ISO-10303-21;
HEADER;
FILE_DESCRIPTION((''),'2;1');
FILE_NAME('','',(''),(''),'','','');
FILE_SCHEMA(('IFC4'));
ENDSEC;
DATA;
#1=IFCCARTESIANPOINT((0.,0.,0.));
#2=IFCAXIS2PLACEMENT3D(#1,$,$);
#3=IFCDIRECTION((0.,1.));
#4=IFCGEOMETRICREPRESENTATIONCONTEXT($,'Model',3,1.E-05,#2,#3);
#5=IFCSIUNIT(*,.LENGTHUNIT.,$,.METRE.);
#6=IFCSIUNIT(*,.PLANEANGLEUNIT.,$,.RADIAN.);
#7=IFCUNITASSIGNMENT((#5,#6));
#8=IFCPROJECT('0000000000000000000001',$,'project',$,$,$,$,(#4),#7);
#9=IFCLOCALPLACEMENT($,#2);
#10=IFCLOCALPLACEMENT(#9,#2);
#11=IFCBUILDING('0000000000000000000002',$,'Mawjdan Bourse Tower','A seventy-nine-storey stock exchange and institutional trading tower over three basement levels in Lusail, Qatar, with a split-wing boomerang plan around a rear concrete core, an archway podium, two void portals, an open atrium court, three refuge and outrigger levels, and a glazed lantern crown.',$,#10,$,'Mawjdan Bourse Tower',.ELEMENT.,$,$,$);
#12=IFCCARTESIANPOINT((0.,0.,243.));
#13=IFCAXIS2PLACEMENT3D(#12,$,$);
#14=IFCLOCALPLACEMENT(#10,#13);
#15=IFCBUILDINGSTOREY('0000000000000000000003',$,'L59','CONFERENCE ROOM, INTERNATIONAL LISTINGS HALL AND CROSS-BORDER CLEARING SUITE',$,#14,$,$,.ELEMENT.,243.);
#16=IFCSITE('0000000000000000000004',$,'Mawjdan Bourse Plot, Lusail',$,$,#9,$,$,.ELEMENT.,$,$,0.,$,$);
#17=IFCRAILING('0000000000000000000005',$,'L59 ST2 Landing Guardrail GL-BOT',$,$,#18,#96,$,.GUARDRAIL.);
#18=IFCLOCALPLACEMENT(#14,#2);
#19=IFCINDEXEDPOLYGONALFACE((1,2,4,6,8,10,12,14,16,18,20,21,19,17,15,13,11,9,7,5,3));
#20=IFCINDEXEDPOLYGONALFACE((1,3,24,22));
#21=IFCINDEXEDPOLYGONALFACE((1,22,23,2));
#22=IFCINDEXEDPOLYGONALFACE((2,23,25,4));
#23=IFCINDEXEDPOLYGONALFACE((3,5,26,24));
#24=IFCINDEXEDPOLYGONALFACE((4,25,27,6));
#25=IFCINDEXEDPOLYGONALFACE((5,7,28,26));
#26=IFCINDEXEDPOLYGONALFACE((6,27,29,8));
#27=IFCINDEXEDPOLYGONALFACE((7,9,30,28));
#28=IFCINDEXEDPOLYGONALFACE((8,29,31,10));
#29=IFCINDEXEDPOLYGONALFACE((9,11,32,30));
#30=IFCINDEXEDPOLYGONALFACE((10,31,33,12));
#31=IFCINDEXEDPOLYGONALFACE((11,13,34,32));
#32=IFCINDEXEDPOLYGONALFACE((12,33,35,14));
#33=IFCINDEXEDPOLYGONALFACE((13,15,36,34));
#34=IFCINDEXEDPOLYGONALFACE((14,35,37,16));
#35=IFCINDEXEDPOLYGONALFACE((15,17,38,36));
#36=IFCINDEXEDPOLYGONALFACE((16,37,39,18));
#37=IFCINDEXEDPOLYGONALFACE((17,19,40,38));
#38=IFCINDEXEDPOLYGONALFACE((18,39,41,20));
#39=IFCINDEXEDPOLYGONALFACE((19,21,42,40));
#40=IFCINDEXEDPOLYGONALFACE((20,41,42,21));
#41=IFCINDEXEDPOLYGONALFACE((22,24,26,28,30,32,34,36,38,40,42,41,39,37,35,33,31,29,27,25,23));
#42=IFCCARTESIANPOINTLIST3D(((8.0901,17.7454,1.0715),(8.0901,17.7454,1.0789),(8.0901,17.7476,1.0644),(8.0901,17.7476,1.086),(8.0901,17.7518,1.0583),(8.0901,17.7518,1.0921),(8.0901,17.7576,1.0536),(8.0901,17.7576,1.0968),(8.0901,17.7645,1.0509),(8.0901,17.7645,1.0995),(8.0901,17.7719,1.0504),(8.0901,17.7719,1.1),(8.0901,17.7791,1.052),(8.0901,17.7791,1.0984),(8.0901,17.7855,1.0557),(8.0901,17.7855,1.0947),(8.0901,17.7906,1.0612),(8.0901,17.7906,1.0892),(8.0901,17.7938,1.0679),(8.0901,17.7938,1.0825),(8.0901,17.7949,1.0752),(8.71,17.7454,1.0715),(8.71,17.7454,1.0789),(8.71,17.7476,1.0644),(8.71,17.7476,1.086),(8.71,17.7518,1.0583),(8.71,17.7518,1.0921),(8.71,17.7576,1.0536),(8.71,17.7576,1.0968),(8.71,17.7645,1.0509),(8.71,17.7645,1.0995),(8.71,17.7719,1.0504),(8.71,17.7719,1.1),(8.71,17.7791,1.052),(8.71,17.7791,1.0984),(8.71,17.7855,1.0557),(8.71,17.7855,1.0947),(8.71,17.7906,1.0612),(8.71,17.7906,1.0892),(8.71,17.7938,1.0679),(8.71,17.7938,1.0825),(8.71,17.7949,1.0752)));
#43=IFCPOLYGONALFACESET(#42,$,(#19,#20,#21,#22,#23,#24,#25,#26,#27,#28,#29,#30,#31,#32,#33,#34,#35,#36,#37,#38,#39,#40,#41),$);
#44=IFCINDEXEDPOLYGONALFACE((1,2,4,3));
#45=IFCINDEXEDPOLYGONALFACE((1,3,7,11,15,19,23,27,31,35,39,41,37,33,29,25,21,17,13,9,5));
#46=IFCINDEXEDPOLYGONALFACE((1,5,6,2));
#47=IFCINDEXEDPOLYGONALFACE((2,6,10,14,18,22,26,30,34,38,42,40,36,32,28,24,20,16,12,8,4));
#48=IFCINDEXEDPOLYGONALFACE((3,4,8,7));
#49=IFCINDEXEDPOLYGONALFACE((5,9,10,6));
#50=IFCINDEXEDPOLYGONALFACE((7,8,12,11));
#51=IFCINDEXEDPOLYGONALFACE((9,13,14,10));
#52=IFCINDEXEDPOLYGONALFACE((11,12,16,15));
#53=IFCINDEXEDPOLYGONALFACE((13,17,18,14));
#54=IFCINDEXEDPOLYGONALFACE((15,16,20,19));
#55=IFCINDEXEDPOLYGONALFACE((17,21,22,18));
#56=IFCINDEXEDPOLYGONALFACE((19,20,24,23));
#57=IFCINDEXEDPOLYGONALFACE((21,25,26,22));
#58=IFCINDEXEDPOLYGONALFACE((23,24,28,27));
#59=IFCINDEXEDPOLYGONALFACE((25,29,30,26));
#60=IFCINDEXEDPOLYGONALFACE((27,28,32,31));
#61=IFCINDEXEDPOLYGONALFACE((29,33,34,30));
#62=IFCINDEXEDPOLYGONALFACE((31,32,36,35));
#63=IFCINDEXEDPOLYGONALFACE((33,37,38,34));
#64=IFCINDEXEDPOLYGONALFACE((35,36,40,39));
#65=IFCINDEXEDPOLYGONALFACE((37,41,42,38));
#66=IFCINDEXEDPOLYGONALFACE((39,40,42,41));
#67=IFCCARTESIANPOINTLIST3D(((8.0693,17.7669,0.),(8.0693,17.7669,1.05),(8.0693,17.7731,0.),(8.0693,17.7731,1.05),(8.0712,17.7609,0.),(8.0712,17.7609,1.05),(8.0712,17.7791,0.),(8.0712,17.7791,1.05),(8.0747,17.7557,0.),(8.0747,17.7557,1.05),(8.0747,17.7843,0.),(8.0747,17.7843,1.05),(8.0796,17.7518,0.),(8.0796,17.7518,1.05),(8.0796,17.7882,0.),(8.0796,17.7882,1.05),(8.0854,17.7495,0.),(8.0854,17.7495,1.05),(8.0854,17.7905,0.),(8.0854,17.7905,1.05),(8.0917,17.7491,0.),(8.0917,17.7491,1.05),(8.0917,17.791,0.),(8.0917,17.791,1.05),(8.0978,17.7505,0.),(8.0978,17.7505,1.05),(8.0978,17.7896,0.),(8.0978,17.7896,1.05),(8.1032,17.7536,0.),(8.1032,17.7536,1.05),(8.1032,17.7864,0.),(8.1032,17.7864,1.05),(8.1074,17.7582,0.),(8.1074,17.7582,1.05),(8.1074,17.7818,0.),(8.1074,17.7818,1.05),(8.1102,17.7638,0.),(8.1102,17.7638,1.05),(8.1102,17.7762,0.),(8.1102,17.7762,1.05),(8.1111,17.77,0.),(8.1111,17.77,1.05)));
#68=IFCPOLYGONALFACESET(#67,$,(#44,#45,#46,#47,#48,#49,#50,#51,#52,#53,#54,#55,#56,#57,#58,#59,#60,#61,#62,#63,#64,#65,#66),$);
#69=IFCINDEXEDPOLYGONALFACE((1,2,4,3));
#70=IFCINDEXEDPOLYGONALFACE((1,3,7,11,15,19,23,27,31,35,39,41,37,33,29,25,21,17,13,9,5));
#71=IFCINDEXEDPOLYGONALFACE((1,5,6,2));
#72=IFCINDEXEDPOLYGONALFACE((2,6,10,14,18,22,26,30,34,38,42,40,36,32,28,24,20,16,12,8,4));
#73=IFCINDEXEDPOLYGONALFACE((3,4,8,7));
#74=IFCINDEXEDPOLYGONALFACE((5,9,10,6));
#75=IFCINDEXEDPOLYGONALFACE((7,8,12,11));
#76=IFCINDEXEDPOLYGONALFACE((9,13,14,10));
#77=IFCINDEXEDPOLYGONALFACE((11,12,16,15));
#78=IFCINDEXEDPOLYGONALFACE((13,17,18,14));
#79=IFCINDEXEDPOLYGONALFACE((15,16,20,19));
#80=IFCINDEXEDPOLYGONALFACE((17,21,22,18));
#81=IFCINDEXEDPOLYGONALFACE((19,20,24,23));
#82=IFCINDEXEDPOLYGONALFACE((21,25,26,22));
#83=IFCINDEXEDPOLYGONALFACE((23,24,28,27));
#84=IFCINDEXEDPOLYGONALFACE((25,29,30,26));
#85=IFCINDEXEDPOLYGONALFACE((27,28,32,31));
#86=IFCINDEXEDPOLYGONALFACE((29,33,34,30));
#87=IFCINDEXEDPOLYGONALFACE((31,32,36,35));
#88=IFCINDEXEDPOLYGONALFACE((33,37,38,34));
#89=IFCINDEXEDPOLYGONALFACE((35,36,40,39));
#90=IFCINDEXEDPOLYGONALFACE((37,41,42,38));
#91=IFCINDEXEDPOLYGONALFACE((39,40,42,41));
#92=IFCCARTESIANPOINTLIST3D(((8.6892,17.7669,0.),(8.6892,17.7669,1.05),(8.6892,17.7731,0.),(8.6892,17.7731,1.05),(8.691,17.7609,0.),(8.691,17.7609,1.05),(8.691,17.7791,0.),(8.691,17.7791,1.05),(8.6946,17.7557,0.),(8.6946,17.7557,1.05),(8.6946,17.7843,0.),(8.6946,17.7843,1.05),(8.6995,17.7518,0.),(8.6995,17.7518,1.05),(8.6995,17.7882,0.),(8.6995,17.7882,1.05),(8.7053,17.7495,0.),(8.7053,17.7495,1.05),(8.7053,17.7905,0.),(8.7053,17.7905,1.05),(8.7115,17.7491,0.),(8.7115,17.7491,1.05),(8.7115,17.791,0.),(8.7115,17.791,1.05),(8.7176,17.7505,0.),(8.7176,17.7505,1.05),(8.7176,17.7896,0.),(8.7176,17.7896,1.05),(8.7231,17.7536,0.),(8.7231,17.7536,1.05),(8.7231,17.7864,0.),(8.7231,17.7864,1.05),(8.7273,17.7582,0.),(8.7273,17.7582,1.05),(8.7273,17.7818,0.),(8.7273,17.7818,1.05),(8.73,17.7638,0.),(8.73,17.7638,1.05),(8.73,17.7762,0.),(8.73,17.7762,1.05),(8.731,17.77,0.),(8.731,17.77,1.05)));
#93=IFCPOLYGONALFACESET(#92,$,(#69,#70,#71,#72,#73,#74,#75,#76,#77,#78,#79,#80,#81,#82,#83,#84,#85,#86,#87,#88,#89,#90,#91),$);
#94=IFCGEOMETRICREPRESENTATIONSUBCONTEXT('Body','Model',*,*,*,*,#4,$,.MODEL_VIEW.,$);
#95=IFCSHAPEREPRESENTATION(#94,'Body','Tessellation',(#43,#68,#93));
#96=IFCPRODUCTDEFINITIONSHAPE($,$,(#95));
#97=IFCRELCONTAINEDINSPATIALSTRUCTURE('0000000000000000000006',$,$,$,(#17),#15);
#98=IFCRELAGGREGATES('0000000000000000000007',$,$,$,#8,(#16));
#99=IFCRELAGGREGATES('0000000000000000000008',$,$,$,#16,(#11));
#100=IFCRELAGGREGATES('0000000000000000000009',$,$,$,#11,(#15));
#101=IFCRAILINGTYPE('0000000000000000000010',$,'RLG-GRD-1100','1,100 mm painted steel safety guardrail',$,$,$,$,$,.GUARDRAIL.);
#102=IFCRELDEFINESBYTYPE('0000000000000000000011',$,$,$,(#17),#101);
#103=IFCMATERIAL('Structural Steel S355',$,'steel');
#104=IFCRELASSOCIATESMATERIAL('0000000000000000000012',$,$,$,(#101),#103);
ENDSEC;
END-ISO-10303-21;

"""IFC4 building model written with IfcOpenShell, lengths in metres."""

from ifc_helpers import new_model, si_unit, direction, frame, origin, origin_2d, place, context, subcontext, project, spatial, circle, extrude, material, type_object, element, save


model = new_model("IFC4")

# Units and contexts
model_context = context("Model", 3, precision=1e-05, world=origin(), true_north=direction((0.0, 1.0)))
body_context = subcontext(model_context, "Body", "Model", "MODEL_VIEW")
ifc_project = project(units=[si_unit("LENGTHUNIT", "METRE"), si_unit("PLANEANGLEUNIT", "RADIAN")], contexts=[model_context])

# Site, building, storey
site_placement = place(None, origin())
site = spatial("IfcSite", under=ifc_project, at=site_placement, Name="Mawjdan Bourse Plot, Lusail", CompositionType="ELEMENT", RefElevation=0.0)
building_placement = place(site_placement, origin())
building = spatial("IfcBuilding", under=site, at=building_placement, Name="Mawjdan Bourse Tower", Description="A seventy-nine-storey stock exchange and institutional trading tower over three basement levels in Lusail, Qatar, with a split-wing boomerang plan around a rear concrete core, an archway podium, two void portals, an open atrium court, three refuge and outrigger levels, and a glazed lantern crown.", LongName="Mawjdan Bourse Tower", CompositionType="ELEMENT")
storey_placement = place(building_placement, frame((0.0, 0.0, 243.0)))
storey = spatial("IfcBuildingStorey", under=building, at=storey_placement, Name="L59", Description="CONFERENCE ROOM, INTERNATIONAL LISTINGS HALL AND CROSS-BORDER CLEARING SUITE", CompositionType="ELEMENT", Elevation=243.0)

# Shared definitions
ifc_material_1 = material(Name="Structural Steel S355", Category="steel")

# Railing
railing_type_1 = type_object("IfcRailingType", Name="RLG-GRD-1100", Description="1,100 mm painted steel safety guardrail", PredefinedType="GUARDRAIL", material=ifc_material_1)
for number, where, name in (
    (1, (8.0901, 17.77, 0.0), "L59 ST2 Landing Guardrail GL-BOT"),
):
    element("IfcRailing", number, at=place(storey_placement, frame(where)), inside=storey, type_object=railing_type_1, Name=name, PredefinedType="GUARDRAIL", context=body_context, shape_type="SweptSolid", body=[
        extrude(circle(Radius=0.0249, at=origin_2d()), frame((0.0, 0.0, 1.0752), z_axis=(1.0, 0.0, 0.0), x_axis=(0.0, 1.0, 0.0)), (0.0, 0.0, 1.0), 0.6199),
        extrude(circle(Radius=0.021, at=origin_2d()), origin(), (0.0, 0.0, 1.0), 1.05),
        extrude(circle(Radius=0.021, at=origin_2d()), frame((0.6199, 0.0, 0.0)), (0.0, 0.0, 1.0), 1.05),
    ])

save(model, "model.ifc")
